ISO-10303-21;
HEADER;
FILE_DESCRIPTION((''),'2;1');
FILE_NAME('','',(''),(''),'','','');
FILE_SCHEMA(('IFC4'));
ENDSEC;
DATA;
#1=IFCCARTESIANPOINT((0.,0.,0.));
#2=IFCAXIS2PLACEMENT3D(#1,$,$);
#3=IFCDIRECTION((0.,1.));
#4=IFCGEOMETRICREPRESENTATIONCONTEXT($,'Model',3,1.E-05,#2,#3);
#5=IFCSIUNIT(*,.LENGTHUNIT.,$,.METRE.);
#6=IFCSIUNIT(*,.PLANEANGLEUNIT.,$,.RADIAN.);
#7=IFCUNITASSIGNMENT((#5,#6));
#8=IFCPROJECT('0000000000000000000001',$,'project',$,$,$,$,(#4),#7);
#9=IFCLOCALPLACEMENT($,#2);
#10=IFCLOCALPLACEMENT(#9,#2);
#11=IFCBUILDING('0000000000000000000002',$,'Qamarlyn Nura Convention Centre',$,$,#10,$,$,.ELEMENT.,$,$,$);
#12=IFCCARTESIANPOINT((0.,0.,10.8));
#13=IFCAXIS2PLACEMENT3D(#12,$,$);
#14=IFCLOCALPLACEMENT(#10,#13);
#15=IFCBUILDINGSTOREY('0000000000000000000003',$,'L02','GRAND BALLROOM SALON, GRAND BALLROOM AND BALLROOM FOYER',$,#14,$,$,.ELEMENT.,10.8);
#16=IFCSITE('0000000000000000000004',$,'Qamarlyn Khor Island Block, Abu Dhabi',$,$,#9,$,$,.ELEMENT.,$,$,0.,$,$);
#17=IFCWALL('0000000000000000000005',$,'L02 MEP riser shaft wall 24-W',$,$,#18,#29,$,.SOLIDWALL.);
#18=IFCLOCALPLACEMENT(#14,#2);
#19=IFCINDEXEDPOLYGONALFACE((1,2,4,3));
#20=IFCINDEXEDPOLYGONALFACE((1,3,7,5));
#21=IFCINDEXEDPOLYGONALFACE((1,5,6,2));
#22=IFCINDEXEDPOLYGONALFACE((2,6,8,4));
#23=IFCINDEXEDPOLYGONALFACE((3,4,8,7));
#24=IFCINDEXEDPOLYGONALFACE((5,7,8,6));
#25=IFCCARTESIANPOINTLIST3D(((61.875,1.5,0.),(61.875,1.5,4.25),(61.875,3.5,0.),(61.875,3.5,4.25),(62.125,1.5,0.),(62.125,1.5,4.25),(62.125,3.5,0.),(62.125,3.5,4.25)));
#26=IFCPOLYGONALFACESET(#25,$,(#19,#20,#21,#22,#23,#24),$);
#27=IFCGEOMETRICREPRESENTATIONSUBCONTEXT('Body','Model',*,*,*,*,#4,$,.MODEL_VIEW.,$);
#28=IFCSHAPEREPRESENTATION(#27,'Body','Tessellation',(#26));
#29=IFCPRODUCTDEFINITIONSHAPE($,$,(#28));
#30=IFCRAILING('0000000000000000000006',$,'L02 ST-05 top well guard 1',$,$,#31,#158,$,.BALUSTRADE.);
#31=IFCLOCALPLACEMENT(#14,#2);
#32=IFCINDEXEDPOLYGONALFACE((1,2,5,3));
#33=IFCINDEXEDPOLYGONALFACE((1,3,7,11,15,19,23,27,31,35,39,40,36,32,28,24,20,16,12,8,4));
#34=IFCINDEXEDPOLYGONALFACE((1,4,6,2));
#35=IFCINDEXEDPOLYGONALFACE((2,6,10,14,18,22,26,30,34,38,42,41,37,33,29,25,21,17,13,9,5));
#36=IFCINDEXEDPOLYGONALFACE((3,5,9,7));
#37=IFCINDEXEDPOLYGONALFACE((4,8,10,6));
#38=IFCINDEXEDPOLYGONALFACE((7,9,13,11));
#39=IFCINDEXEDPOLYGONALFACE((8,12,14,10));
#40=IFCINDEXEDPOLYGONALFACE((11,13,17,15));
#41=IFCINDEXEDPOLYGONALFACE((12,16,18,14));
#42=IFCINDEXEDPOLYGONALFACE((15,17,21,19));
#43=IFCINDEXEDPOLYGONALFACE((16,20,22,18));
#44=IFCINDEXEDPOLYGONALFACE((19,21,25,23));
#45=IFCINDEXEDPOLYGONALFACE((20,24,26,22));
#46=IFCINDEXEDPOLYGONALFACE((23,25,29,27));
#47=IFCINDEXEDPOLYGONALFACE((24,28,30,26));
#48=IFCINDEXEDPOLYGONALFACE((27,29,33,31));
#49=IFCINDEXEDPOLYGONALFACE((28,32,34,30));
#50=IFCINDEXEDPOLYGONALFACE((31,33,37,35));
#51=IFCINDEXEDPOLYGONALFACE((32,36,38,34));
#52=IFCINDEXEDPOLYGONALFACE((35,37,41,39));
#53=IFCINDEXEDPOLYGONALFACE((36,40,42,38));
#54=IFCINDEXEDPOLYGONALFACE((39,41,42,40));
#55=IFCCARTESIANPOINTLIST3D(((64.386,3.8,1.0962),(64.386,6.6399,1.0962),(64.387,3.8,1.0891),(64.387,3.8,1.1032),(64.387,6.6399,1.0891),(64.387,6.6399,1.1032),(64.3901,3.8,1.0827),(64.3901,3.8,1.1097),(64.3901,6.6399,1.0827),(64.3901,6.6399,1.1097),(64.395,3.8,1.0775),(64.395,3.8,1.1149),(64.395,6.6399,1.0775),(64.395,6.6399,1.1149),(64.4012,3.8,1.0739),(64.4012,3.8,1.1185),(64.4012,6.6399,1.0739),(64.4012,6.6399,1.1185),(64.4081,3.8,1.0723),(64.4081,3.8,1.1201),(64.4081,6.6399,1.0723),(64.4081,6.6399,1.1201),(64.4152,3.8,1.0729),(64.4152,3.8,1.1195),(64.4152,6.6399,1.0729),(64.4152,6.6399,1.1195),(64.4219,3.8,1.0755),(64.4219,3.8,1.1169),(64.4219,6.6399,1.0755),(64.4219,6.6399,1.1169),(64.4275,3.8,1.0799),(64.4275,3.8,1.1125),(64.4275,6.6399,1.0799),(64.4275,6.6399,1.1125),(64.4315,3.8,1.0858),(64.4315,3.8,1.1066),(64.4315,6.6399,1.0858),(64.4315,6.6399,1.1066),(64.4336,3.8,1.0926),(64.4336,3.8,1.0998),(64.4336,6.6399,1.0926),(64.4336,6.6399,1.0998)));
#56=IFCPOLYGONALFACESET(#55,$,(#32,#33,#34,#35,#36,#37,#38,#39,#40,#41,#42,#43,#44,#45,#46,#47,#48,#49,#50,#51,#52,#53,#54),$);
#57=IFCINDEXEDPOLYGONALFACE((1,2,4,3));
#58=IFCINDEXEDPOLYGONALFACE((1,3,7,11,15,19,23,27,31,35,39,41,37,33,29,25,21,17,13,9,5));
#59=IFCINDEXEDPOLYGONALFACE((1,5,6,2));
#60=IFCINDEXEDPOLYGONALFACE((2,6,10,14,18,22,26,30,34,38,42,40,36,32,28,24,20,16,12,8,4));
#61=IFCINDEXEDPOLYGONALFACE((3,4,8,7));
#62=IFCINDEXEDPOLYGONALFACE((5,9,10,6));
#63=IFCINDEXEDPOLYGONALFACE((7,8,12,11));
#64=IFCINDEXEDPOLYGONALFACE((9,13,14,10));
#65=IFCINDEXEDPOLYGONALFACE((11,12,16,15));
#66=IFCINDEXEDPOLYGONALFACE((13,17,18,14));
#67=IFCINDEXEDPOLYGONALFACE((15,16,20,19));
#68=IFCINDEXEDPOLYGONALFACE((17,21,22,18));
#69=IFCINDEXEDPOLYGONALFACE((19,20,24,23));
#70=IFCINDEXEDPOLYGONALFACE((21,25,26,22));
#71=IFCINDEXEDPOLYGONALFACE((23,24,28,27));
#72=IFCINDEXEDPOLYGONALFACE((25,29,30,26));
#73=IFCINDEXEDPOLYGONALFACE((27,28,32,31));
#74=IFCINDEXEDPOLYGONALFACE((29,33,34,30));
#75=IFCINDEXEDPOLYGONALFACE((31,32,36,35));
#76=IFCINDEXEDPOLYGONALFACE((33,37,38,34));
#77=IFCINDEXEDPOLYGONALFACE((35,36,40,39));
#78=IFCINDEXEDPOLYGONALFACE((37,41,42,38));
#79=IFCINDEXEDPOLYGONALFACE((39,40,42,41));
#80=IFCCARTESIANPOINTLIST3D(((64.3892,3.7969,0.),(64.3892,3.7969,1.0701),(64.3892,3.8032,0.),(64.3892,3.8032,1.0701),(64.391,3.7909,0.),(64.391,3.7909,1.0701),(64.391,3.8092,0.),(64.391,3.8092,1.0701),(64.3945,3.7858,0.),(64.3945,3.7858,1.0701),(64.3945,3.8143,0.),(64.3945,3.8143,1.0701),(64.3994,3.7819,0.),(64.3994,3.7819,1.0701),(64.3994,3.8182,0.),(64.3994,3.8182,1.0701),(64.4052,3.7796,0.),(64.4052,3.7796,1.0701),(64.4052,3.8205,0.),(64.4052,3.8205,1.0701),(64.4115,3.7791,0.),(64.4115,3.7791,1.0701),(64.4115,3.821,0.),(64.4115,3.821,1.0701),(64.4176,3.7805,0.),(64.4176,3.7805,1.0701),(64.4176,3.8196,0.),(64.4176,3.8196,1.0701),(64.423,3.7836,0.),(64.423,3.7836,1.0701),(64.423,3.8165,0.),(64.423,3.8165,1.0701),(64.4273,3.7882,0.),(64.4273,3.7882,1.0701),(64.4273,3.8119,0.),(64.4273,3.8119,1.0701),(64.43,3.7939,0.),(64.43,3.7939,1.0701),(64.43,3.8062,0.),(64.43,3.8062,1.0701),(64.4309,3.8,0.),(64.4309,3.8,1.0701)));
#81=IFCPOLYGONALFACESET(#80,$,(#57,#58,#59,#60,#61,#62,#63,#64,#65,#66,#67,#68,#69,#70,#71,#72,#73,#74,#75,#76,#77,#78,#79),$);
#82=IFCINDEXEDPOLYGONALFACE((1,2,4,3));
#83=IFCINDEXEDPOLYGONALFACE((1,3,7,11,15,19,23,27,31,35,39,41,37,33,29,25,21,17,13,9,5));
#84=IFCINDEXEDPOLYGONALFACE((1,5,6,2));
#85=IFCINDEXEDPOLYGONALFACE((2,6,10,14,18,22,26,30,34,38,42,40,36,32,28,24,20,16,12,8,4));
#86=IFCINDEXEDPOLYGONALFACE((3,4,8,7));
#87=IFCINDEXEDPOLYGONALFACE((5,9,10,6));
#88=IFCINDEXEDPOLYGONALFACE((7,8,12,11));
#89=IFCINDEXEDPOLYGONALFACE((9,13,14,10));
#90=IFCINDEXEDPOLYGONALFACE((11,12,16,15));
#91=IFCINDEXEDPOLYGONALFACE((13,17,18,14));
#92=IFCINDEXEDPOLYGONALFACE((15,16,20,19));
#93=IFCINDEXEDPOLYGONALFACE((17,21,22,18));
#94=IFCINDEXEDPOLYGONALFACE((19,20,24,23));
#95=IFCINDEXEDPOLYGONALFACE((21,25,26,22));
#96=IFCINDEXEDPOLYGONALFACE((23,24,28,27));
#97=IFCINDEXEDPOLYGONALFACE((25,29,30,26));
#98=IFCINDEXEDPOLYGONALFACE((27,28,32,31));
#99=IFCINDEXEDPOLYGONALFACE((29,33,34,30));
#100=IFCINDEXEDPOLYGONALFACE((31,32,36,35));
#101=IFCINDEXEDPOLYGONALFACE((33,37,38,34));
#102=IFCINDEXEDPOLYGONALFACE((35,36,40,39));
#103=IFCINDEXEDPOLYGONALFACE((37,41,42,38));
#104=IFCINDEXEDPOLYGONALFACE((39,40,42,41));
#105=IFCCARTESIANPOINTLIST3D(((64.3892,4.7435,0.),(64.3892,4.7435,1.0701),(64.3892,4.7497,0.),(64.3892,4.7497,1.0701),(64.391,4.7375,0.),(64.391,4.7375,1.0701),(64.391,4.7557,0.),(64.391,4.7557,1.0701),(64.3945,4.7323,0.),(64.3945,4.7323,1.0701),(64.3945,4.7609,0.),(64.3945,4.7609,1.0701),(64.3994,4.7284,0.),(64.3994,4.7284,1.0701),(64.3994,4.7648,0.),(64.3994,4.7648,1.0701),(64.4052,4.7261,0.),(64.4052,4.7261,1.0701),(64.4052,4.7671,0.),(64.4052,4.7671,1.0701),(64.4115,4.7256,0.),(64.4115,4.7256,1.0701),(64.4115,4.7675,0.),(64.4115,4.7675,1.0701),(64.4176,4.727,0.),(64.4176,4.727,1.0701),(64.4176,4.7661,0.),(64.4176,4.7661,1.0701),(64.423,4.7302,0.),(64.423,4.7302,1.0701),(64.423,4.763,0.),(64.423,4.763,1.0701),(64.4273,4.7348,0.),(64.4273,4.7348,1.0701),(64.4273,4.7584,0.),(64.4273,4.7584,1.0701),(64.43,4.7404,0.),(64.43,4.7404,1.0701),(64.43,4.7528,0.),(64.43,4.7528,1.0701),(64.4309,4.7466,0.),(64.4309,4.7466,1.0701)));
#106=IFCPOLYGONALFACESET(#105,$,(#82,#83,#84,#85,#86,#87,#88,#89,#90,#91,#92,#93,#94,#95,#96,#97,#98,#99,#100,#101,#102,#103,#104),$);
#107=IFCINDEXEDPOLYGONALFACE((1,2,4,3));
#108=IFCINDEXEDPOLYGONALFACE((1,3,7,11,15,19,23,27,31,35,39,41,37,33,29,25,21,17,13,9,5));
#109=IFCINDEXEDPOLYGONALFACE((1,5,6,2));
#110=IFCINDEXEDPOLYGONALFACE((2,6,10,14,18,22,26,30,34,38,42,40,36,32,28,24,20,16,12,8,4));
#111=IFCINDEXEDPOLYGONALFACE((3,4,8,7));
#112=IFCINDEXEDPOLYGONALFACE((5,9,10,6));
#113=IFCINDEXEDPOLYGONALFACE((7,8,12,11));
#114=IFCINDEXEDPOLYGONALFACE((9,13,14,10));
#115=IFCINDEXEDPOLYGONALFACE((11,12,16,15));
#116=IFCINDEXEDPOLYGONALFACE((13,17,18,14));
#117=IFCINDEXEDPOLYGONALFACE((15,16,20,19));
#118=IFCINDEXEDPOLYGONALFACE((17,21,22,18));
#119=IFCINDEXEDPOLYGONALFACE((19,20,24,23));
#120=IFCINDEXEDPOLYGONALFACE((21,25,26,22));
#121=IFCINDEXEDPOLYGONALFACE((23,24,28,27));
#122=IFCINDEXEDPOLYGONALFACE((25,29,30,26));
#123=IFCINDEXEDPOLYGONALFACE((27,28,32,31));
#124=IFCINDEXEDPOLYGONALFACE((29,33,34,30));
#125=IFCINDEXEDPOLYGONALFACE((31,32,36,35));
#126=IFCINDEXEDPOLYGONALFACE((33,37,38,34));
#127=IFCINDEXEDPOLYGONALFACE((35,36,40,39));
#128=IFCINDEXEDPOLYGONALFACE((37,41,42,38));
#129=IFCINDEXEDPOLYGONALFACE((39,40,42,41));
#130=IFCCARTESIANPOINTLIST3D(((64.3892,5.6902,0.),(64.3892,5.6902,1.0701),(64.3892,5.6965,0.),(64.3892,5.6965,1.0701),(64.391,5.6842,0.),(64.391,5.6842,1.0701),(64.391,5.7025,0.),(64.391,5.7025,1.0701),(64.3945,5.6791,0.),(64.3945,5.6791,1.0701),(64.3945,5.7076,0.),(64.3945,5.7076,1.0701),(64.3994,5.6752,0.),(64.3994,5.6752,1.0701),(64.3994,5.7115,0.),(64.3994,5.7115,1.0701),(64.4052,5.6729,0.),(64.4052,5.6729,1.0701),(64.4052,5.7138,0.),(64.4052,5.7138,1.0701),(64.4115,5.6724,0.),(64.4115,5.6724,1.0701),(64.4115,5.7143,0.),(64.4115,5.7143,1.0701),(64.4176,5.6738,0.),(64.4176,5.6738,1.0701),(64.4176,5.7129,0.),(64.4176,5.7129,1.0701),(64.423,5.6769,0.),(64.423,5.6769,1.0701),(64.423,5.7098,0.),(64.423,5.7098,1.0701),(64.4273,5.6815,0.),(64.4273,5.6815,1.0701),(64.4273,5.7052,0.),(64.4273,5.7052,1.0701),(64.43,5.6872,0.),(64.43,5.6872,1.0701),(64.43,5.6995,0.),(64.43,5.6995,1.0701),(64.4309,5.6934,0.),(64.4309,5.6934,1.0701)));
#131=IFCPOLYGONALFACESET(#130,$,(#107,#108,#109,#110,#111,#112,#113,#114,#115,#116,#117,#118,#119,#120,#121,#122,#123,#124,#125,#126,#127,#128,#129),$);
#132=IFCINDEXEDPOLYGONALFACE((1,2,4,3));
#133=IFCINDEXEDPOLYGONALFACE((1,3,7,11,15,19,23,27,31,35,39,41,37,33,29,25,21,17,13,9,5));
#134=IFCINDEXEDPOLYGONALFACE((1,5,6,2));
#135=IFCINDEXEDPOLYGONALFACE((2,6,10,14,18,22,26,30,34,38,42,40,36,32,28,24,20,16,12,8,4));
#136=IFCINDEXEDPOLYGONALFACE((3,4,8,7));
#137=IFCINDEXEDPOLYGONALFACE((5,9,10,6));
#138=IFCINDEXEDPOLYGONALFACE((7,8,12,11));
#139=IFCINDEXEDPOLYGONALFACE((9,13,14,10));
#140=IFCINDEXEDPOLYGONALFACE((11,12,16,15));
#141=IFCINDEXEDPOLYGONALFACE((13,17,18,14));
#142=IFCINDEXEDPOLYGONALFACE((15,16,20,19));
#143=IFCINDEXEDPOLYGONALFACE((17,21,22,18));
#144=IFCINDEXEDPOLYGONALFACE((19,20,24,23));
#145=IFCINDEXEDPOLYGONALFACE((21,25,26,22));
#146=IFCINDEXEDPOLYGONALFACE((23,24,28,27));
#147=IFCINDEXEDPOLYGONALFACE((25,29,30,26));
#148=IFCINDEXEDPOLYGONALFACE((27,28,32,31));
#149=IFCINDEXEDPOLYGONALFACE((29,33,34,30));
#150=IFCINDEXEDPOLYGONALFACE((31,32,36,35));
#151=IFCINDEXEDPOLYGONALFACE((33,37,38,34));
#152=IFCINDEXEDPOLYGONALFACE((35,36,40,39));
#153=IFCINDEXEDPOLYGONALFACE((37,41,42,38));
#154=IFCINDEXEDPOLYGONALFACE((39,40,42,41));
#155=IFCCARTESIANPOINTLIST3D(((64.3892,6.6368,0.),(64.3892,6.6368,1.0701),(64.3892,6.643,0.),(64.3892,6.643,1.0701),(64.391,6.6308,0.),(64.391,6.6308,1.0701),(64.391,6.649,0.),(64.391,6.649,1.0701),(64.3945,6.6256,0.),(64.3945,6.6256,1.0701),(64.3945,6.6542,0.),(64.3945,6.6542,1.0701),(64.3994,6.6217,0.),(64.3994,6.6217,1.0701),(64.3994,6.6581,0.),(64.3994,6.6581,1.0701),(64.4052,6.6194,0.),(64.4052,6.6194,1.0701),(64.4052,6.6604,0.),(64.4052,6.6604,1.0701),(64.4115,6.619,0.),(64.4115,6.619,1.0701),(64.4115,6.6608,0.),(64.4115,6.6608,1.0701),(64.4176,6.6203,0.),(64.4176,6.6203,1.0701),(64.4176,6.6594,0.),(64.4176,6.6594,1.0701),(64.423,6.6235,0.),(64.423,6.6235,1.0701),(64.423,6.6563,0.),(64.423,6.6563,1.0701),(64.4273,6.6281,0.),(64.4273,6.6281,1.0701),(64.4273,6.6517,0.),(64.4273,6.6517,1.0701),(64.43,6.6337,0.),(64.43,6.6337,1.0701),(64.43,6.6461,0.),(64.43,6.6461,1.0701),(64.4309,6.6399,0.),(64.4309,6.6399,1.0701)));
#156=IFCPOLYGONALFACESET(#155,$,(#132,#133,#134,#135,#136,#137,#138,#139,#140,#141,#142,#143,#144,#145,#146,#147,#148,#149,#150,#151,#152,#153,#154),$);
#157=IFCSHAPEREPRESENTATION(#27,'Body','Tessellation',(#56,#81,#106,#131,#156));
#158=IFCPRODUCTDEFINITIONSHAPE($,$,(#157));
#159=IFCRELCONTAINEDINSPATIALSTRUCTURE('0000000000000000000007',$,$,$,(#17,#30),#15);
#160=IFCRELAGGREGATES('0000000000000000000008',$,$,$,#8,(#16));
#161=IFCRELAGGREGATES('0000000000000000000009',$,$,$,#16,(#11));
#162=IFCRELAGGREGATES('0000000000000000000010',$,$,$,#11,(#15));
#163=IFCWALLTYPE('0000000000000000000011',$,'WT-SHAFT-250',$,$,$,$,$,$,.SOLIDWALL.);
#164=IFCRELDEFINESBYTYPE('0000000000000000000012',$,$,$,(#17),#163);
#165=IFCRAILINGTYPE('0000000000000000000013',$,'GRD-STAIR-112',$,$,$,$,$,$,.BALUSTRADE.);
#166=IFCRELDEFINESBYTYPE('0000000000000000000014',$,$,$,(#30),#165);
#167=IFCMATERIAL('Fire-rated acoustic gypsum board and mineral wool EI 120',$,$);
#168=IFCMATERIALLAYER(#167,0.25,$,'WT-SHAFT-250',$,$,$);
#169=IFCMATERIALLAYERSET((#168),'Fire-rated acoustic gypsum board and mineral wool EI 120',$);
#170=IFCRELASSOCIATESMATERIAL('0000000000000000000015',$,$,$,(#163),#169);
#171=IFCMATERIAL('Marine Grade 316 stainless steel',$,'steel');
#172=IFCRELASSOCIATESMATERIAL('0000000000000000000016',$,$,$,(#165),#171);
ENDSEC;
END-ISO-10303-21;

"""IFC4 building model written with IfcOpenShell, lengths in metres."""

from ifc_helpers import new_model, si_unit, direction, frame, frame_2d, origin, origin_2d, place, context, subcontext, project, spatial, rectangle, circle, extrude, material, layer, layer_set, type_object, element, save


model = new_model("IFC4")

# Units and contexts
model_context = context("Model", 3, precision=1e-05, world=origin(), true_north=direction((0.0, 1.0)))
body_context = subcontext(model_context, "Body", "Model", "MODEL_VIEW")
ifc_project = project(units=[si_unit("LENGTHUNIT", "METRE"), si_unit("PLANEANGLEUNIT", "RADIAN")], contexts=[model_context])

# Site, building, storey
site_placement = place(None, origin())
site = spatial("IfcSite", under=ifc_project, at=site_placement, Name="Qamarlyn Khor Island Block, Abu Dhabi", CompositionType="ELEMENT", RefElevation=0.0)
building_placement = place(site_placement, origin())
building = spatial("IfcBuilding", under=site, at=building_placement, Name="Qamarlyn Nura Convention Centre", CompositionType="ELEMENT")
storey_placement = place(building_placement, frame((0.0, 0.0, 10.8)))
storey = spatial("IfcBuildingStorey", under=building, at=storey_placement, Name="L02", Description="GRAND BALLROOM SALON, GRAND BALLROOM AND BALLROOM FOYER", CompositionType="ELEMENT", Elevation=10.8)

# Wall
ifc_material_1 = material(Name="Fire-rated acoustic gypsum board and mineral wool EI 120")
ifc_layer_1 = layer(ifc_material_1, 0.25, Name="WT-SHAFT-250")
ifc_layer_set_1 = layer_set([ifc_layer_1], Name="Fire-rated acoustic gypsum board and mineral wool EI 120")
wall_type_1 = type_object("IfcWallType", Name="WT-SHAFT-250", PredefinedType="SOLIDWALL", material=ifc_layer_set_1)
wall_1_placement = place(storey_placement, frame((62.0, 3.5, 0.0), z_axis=(0.0, 0.0, 1.0), x_axis=(0.0, -1.0, 0.0)))
element("IfcWall", 1, at=wall_1_placement, inside=storey, type_object=wall_type_1, Name="L02 MEP riser shaft wall 24-W", PredefinedType="SOLIDWALL", context=body_context, shape_type="SweptSolid", body=[
    extrude(rectangle(XDim=2.0, YDim=0.25, at=frame_2d((1.0, 0.0))), origin(), (0.0, 0.0, 1.0), 4.25),
])

# Railing
ifc_material_2 = material(Name="Marine Grade 316 stainless steel", Category="steel")
railing_type = type_object("IfcRailingType", Name="GRD-STAIR-112", PredefinedType="BALUSTRADE", material=ifc_material_2)
railing_1_placement = place(storey_placement, frame((64.4099, 3.8, 0.0)))
element("IfcRailing", 2, at=railing_1_placement, inside=storey, type_object=railing_type, Name="L02 ST-05 top well guard 1", PredefinedType="BALUSTRADE", context=body_context, shape_type="SweptSolid", body=[
    extrude(circle(Radius=0.0239, at=origin_2d()), frame((0.0, 0.0, 1.0962), z_axis=(0.0, 1.0, 0.0), x_axis=(-1.0, 0.0, 0.0)), (0.0, 0.0, 1.0), 2.8398),
    extrude(circle(Radius=0.021, at=origin_2d()), origin(), (0.0, 0.0, 1.0), 1.0701),
    extrude(circle(Radius=0.021, at=origin_2d()), frame((0.0, 0.9465, 0.0)), (0.0, 0.0, 1.0), 1.0701),
    extrude(circle(Radius=0.021, at=origin_2d()), frame((0.0, 1.8933, 0.0)), (0.0, 0.0, 1.0), 1.0701),
    extrude(circle(Radius=0.021, at=origin_2d()), frame((0.0, 2.8398, 0.0)), (0.0, 0.0, 1.0), 1.0701),
])

save(model, "model.ifc")
